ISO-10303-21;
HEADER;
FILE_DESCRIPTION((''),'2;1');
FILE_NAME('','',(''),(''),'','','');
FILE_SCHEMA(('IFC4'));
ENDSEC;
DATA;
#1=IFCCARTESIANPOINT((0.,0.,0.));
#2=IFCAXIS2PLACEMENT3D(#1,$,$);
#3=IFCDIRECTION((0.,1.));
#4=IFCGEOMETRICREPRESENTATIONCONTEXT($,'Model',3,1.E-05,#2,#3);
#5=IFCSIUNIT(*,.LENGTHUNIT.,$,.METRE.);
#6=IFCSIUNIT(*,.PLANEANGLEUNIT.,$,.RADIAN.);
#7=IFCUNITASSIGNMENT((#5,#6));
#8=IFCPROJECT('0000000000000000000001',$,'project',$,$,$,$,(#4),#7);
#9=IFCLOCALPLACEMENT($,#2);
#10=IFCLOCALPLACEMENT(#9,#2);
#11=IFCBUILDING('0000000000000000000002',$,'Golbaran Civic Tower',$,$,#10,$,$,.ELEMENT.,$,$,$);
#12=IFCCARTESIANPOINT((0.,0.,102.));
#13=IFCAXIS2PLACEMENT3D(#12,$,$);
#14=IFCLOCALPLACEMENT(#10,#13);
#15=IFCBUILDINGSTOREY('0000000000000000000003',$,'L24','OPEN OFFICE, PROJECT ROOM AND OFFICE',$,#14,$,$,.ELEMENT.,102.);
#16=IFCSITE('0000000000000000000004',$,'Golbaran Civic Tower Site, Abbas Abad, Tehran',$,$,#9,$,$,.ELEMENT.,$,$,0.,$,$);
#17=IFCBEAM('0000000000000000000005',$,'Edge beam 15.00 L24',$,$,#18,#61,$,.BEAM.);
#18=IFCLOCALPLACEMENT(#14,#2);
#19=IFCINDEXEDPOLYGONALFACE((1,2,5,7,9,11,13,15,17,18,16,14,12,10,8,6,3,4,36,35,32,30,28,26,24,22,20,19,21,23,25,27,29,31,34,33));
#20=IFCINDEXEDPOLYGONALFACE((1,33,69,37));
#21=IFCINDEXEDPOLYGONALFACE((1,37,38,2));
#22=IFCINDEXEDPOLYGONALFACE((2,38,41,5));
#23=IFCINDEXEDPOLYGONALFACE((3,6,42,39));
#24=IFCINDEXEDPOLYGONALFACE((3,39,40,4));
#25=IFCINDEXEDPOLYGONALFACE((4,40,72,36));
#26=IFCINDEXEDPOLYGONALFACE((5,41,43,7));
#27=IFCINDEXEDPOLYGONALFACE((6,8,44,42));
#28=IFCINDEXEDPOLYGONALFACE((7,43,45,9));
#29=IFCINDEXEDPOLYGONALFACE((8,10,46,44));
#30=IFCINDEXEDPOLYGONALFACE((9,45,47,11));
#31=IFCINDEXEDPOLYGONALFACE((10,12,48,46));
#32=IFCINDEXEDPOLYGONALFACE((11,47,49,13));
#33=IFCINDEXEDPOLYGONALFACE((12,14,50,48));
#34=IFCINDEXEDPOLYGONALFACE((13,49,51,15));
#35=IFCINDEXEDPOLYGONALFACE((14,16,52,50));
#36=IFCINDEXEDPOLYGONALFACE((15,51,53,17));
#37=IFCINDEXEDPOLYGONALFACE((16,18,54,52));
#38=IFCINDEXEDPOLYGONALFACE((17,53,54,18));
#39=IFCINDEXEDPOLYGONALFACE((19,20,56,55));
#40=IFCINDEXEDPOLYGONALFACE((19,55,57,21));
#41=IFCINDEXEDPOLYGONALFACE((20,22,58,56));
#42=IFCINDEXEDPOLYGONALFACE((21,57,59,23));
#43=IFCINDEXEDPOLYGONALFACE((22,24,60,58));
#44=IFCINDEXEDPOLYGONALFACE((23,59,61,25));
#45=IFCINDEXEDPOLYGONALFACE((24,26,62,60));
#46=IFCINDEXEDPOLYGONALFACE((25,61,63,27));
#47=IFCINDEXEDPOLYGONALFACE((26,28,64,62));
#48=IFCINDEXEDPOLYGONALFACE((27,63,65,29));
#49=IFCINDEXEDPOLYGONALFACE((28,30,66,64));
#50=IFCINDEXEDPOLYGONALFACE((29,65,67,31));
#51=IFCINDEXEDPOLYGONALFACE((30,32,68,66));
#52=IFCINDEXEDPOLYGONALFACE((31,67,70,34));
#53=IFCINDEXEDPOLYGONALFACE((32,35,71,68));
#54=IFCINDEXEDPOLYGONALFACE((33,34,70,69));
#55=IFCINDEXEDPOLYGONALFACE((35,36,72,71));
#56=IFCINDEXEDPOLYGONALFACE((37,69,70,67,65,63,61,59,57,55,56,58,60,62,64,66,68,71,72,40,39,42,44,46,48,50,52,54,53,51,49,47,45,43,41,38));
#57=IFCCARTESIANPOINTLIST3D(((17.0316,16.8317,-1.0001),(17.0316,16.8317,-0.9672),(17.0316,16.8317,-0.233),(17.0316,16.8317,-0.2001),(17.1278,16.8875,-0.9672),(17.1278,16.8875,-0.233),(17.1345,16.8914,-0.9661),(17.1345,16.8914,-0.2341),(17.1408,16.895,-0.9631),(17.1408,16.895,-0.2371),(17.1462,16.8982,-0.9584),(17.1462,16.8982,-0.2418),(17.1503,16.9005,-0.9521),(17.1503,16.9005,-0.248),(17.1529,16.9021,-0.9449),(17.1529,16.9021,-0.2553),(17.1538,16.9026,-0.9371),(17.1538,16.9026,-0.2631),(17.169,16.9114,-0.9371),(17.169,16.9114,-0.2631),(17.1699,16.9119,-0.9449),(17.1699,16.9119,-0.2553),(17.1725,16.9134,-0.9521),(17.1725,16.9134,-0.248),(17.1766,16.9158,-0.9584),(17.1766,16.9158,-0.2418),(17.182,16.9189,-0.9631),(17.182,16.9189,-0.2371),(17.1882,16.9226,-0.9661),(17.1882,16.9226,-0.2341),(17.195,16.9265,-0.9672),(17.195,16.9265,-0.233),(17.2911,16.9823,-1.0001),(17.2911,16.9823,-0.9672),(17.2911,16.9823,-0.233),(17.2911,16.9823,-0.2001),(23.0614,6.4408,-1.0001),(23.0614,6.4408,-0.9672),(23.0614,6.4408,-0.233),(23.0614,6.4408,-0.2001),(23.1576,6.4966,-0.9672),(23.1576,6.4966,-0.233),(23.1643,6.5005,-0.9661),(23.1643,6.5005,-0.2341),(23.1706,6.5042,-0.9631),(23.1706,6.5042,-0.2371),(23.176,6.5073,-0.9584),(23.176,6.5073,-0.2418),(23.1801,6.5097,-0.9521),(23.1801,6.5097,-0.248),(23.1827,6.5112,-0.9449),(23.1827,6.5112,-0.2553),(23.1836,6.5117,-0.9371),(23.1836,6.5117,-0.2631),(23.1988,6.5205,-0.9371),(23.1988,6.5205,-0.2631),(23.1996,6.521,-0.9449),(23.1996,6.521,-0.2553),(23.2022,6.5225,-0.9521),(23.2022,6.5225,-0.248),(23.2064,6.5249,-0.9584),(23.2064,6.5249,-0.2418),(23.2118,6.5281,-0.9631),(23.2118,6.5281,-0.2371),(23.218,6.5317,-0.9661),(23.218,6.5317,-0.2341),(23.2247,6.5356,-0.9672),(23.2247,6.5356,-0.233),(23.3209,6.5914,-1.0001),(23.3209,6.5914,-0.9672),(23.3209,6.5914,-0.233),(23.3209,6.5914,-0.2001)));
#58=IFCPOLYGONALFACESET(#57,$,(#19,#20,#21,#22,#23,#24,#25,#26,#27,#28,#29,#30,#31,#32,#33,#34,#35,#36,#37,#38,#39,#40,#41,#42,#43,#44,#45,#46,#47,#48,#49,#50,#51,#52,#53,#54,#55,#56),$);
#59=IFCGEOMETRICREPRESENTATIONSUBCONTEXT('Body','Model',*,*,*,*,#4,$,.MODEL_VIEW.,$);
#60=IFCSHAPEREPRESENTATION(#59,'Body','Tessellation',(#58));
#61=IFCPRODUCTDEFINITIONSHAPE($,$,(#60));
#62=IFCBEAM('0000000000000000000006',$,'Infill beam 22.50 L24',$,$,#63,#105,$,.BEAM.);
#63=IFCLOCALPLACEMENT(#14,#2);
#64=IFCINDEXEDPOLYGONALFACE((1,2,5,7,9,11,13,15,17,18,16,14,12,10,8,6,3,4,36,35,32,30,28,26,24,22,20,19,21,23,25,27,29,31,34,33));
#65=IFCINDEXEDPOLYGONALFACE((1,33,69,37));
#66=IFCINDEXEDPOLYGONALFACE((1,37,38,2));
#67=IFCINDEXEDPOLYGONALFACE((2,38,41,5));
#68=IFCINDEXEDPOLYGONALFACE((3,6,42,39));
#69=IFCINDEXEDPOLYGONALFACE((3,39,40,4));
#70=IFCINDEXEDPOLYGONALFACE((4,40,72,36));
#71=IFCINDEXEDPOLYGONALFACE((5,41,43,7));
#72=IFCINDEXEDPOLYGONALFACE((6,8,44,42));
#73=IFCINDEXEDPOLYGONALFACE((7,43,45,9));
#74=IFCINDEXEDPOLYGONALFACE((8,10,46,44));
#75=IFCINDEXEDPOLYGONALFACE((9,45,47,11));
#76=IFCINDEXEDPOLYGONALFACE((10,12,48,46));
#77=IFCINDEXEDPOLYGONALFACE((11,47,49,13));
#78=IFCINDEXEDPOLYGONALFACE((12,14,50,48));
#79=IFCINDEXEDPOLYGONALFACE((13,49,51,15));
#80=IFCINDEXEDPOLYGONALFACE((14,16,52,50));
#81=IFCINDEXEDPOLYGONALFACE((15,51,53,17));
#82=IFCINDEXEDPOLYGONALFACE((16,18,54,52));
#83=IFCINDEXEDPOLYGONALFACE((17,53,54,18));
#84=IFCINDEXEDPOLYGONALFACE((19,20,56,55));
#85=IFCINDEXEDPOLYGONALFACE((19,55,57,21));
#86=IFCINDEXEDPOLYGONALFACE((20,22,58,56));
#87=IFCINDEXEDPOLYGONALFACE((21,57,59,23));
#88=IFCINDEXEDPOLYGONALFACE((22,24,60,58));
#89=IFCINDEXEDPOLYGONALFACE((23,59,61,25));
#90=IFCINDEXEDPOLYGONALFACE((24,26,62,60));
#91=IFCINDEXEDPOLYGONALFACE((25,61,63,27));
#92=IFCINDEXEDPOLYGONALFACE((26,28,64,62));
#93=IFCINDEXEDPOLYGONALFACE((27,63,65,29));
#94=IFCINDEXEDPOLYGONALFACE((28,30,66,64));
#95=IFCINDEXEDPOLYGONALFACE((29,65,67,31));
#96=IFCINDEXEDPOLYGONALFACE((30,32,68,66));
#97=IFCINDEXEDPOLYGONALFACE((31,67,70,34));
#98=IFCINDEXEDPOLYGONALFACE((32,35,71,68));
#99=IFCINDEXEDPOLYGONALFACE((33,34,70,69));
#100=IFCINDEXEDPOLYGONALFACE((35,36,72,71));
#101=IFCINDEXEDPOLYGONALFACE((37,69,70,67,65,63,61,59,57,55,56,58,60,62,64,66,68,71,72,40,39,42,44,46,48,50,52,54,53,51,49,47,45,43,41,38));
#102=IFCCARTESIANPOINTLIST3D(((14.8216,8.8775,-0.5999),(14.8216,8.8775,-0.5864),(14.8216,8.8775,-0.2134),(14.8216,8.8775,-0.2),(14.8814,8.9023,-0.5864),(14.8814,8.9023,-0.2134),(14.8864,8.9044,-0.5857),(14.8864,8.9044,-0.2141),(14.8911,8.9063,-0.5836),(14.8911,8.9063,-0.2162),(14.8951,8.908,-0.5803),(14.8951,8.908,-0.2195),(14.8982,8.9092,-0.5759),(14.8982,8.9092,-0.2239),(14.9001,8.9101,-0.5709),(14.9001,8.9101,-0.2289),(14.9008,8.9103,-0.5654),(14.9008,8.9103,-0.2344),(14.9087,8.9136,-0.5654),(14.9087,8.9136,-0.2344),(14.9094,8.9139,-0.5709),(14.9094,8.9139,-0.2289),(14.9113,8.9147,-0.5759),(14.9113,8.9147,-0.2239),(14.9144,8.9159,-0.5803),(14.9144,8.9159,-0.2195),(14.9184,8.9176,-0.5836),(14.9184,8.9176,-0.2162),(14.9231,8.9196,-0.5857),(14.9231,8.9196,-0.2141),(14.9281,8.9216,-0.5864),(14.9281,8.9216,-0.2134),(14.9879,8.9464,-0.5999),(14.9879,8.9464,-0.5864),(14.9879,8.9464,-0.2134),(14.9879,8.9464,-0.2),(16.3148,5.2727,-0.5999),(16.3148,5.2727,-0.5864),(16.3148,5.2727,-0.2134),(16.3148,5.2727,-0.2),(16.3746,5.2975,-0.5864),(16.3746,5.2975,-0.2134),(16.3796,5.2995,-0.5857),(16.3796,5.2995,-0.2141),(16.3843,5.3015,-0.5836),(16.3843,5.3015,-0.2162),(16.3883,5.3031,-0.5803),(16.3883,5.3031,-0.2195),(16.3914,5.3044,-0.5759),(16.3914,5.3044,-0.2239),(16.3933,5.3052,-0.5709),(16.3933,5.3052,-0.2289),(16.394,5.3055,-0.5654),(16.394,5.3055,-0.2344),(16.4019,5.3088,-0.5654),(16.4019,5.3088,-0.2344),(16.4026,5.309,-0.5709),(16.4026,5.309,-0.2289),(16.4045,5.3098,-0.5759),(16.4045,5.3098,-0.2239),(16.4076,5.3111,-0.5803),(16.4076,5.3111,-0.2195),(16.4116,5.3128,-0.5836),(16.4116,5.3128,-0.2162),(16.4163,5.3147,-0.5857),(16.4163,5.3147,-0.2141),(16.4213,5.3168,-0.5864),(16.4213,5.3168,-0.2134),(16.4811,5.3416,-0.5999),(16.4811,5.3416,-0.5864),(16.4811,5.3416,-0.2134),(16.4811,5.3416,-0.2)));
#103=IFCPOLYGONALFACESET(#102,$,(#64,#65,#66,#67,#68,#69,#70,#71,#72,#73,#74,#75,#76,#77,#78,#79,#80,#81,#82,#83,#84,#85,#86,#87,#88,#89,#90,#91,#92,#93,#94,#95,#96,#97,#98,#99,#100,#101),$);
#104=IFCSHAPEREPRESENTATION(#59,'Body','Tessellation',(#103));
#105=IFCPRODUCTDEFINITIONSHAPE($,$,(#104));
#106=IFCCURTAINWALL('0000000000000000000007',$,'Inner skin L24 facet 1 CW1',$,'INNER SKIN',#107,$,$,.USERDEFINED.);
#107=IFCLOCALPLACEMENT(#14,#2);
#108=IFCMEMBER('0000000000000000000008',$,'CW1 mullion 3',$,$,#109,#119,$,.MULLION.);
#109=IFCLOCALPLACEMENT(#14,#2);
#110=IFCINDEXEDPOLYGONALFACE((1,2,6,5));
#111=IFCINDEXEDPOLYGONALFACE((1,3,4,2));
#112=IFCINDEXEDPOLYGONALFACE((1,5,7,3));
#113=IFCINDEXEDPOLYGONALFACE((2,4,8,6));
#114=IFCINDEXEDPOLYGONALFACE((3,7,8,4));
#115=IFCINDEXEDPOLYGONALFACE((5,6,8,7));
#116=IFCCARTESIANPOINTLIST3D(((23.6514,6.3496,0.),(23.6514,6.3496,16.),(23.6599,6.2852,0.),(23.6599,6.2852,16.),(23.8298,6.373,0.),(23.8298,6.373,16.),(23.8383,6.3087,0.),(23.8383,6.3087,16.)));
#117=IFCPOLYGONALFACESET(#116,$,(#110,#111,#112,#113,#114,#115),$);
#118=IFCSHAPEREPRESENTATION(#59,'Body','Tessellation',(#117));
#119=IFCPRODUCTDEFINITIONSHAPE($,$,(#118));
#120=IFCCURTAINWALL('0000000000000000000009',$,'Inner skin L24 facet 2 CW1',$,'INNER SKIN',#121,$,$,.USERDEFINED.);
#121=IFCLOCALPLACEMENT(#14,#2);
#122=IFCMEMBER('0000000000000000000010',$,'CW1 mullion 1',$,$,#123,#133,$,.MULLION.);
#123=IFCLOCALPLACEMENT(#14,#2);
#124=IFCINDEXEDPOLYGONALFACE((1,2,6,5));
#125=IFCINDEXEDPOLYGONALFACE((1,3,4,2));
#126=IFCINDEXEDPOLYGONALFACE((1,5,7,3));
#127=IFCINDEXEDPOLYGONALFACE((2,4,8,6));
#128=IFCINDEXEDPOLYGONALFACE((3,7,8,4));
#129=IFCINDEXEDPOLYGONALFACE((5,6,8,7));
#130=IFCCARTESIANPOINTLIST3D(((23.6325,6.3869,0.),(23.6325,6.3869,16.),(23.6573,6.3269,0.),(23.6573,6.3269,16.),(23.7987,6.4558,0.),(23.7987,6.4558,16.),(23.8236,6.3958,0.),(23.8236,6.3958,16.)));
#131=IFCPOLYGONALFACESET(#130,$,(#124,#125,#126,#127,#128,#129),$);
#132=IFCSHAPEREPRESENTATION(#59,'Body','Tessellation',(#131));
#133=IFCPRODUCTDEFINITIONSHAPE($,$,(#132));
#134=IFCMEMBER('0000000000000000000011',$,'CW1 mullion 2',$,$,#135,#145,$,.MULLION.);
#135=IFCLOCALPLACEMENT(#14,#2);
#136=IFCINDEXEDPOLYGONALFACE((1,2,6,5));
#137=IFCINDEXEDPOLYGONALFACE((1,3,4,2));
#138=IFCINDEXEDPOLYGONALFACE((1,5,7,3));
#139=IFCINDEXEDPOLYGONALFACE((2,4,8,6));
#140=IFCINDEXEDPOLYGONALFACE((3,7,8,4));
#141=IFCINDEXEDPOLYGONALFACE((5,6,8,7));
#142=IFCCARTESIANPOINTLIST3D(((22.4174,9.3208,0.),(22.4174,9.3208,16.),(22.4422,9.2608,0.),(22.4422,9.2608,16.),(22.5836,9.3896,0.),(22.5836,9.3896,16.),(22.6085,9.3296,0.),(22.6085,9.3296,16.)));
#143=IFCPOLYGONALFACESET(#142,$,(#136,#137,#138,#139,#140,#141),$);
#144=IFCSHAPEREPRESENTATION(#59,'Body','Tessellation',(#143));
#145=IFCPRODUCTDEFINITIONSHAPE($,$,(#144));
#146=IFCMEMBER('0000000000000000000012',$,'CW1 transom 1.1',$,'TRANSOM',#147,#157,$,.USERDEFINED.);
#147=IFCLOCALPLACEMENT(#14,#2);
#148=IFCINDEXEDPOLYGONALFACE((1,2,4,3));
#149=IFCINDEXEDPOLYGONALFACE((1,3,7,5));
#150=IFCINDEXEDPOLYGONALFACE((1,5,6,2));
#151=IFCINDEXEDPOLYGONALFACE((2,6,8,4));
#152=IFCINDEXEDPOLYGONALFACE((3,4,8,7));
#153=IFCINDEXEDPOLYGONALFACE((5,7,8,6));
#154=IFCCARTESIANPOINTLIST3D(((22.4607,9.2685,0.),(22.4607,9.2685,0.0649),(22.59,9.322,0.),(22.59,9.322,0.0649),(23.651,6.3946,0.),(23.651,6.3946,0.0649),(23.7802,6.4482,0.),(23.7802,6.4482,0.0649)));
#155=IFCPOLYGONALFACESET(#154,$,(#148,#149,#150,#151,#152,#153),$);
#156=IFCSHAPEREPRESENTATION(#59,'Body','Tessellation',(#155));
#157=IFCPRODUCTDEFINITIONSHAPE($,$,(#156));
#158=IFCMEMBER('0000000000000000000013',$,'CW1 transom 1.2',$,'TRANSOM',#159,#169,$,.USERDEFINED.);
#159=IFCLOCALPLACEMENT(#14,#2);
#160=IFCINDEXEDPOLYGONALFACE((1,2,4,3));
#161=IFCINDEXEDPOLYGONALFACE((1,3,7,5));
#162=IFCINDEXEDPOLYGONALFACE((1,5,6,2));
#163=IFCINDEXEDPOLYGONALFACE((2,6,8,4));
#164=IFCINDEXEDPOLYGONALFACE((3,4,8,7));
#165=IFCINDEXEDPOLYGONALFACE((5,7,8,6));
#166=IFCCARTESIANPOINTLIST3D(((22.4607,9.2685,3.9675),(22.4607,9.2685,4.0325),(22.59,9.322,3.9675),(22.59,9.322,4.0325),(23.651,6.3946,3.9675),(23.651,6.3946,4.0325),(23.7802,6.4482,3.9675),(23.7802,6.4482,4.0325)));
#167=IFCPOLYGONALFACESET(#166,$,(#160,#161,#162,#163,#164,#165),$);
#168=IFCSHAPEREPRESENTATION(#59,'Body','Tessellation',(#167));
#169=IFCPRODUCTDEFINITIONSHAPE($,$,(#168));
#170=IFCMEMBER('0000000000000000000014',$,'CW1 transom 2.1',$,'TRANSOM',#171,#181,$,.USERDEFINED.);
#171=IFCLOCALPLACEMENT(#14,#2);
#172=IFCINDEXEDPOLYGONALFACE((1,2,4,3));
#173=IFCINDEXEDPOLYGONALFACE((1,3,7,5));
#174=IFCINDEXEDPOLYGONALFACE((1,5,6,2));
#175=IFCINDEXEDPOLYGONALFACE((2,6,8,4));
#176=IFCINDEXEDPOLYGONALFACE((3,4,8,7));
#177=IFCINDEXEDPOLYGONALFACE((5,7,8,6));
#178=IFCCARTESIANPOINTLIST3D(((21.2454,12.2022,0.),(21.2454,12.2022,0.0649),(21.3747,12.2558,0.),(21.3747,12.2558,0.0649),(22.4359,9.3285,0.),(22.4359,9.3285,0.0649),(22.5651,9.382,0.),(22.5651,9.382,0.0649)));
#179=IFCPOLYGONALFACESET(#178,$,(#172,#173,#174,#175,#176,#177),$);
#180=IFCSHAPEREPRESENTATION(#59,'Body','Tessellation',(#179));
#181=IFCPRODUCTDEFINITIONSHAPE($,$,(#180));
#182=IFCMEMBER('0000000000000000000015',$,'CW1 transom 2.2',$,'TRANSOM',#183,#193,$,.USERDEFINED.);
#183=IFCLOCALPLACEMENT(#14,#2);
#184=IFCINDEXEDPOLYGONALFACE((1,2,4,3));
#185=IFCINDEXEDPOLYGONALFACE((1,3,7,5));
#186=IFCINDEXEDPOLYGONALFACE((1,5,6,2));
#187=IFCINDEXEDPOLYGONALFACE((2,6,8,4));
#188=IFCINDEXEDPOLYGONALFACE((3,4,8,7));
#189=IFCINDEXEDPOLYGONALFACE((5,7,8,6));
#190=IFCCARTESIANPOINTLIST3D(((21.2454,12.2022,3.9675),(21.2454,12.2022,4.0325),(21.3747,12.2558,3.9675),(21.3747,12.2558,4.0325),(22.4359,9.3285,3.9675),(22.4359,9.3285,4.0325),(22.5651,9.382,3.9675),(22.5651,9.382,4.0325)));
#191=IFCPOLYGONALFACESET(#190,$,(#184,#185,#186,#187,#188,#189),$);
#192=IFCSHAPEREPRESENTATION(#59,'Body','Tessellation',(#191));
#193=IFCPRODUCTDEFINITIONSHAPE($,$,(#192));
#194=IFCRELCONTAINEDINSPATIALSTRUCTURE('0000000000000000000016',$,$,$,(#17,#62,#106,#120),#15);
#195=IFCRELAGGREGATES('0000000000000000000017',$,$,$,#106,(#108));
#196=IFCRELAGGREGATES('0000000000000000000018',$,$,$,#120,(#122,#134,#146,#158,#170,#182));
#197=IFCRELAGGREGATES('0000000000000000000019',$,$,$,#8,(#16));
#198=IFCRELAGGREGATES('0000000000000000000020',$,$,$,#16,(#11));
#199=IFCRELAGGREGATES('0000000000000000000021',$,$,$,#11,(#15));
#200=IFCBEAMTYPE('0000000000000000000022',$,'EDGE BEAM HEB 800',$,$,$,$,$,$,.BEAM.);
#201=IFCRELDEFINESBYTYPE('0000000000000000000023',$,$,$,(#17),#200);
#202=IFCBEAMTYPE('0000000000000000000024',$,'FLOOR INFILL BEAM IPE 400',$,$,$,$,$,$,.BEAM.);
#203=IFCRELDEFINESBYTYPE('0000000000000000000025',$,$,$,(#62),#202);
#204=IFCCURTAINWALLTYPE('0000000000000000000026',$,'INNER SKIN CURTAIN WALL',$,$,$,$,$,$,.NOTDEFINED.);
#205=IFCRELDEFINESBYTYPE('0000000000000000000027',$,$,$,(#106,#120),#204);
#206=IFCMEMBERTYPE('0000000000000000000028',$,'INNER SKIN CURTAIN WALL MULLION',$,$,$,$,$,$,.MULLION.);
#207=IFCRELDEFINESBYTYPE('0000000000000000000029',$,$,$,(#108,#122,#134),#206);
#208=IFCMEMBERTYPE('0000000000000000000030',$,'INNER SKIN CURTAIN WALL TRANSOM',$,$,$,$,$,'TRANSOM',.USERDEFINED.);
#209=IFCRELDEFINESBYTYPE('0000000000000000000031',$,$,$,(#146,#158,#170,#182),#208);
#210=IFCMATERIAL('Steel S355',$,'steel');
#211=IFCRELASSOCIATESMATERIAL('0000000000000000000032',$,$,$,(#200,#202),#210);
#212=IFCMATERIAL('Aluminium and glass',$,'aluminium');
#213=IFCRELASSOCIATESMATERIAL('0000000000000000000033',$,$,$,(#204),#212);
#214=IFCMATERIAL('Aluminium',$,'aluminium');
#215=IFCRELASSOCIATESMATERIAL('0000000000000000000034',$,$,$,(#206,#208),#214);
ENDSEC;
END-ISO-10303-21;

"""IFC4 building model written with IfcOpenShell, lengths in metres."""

from ifc_helpers import new_model, si_unit, direction, frame, origin, origin_2d, place, context, subcontext, project, spatial, rectangle, i_section, extrude, material, material_profile, profile_set, type_object, element, aggregate, save


model = new_model("IFC4")

# Units and contexts
model_context = context("Model", 3, precision=1e-05, world=origin(), true_north=direction((0.0, 1.0)))
body_context = subcontext(model_context, "Body", "Model", "MODEL_VIEW")
ifc_project = project(units=[si_unit("LENGTHUNIT", "METRE"), si_unit("PLANEANGLEUNIT", "RADIAN")], contexts=[model_context])

# Site, building, storey
site_placement = place(None, origin())
site = spatial("IfcSite", under=ifc_project, at=site_placement, Name="Golbaran Civic Tower Site, Abbas Abad, Tehran", CompositionType="ELEMENT", RefElevation=0.0)
building_placement = place(site_placement, origin())
building = spatial("IfcBuilding", under=site, at=building_placement, Name="Golbaran Civic Tower", CompositionType="ELEMENT")
storey_placement = place(building_placement, frame((0.0, 0.0, 102.0)))
storey = spatial("IfcBuildingStorey", under=building, at=storey_placement, Name="L24", Description="OPEN OFFICE, PROJECT ROOM AND OFFICE", CompositionType="ELEMENT", Elevation=102.0)

# Beams
ifc_material_1 = material(Name="Steel S355", Category="steel")
ifc_material_profile_1 = material_profile(ifc_material_1, i_section(OverallWidth=0.3, OverallDepth=0.8, WebThickness=0.0176, FlangeThickness=0.033, FilletRadius=0.03, at=origin_2d()), Name="HEB 800")
ifc_profile_set_1 = profile_set([ifc_material_profile_1], Name="Steel S355")
beam_type_1 = type_object("IfcBeamType", Name="EDGE BEAM HEB 800", PredefinedType="BEAM", material=ifc_profile_set_1)
beam_1_placement = place(storey_placement, frame((23.1912, 6.5161, -0.6001), z_axis=(-0.50191, 0.86492, 0.0), x_axis=(-0.86492, -0.50191, 0.0)))
element("IfcBeam", 1, at=beam_1_placement, inside=storey, type_object=beam_type_1, Name="Edge beam 15.00 L24", PredefinedType="BEAM", context=body_context, shape_type="SweptSolid", body=[
    extrude(i_section(OverallWidth=0.3, OverallDepth=0.8, WebThickness=0.0176, FlangeThickness=0.033, FilletRadius=0.03, at=origin_2d()), origin(), (0.0, 0.0, 1.0), 12.0137),
])
ifc_material_profile_2 = material_profile(ifc_material_1, i_section(OverallWidth=0.1799, OverallDepth=0.3999, WebThickness=0.0085, FlangeThickness=0.0134, FilletRadius=0.021, at=origin_2d()), Name="IPE 400")
ifc_profile_set_2 = profile_set([ifc_material_profile_2], Name="Steel S355")
beam_type_2 = type_object("IfcBeamType", Name="FLOOR INFILL BEAM IPE 400", PredefinedType="BEAM", material=ifc_profile_set_2)
beam_2_placement = place(storey_placement, frame((16.3979, 5.3071, -0.3999), z_axis=(-0.382691, 0.923877, 0.0), x_axis=(-0.923877, -0.382691, 0.0)))
element("IfcBeam", 2, at=beam_2_placement, inside=storey, type_object=beam_type_2, Name="Infill beam 22.50 L24", PredefinedType="BEAM", context=body_context, shape_type="SweptSolid", body=[
    extrude(i_section(OverallWidth=0.1799, OverallDepth=0.3999, WebThickness=0.0085, FlangeThickness=0.0134, FilletRadius=0.021, at=origin_2d()), origin(), (0.0, 0.0, 1.0), 3.9019),
])

# Curtain wall, member
ifc_material_2 = material(Name="Aluminium and glass", Category="aluminium")
curtain_wall_type = type_object("IfcCurtainWallType", Name="INNER SKIN CURTAIN WALL", PredefinedType="NOTDEFINED", material=ifc_material_2)
curtain_wall_1_placement = place(storey_placement, origin())
curtain_wall_1 = element("IfcCurtainWall", 3, at=curtain_wall_1_placement, inside=storey, type_object=curtain_wall_type, Name="Inner skin L24 facet 1 CW1", ObjectType="INNER SKIN", PredefinedType="USERDEFINED")
ifc_material_3 = material(Name="Aluminium", Category="aluminium")
ifc_material_profile_3 = material_profile(ifc_material_3, rectangle(XDim=0.1799, YDim=0.0649, at=origin_2d()), Name="INNER SKIN CURTAIN WALL MULLION")
ifc_profile_set_3 = profile_set([ifc_material_profile_3], Name="Aluminium")
member_type_1 = type_object("IfcMemberType", Name="INNER SKIN CURTAIN WALL MULLION", PredefinedType="MULLION", material=ifc_profile_set_3)
member_1_placement = place(storey_placement, frame((23.7449, 6.3291, 0.0), z_axis=(0.0, 0.0, 1.0), x_axis=(-0.991445, -0.130526, 0.0)))
member_1 = element("IfcMember", 4, at=member_1_placement, type_object=member_type_1, Name="CW1 mullion 3", PredefinedType="MULLION", context=body_context, shape_type="SweptSolid", body=[
    extrude(rectangle(XDim=0.1799, YDim=0.0649, at=origin_2d()), origin(), (0.0, 0.0, 1.0), 16.0),
])

# Curtain wall, members
curtain_wall_2_placement = place(storey_placement, origin())
curtain_wall_2 = element("IfcCurtainWall", 5, at=curtain_wall_2_placement, inside=storey, type_object=curtain_wall_type, Name="Inner skin L24 facet 2 CW1", ObjectType="INNER SKIN", PredefinedType="USERDEFINED")
member_2_placement = place(storey_placement, frame((23.728, 6.3914, 0.0), z_axis=(0.0, 0.0, 1.0), x_axis=(-0.92388, -0.382683, 0.0)))
member_2 = element("IfcMember", 6, at=member_2_placement, type_object=member_type_1, Name="CW1 mullion 1", PredefinedType="MULLION", context=body_context, shape_type="SweptSolid", body=[
    extrude(rectangle(XDim=0.1799, YDim=0.0649, at=origin_2d()), origin(), (0.0, 0.0, 1.0), 16.0),
])
member_3_placement = place(storey_placement, frame((22.5129, 9.3252, 0.0), z_axis=(0.0, 0.0, 1.0), x_axis=(-0.92388, -0.382683, 0.0)))
member_3 = element("IfcMember", 7, at=member_3_placement, type_object=member_type_1, Name="CW1 mullion 2", PredefinedType="MULLION", context=body_context, shape_type="SweptSolid", body=[
    extrude(rectangle(XDim=0.1799, YDim=0.0649, at=origin_2d()), origin(), (0.0, 0.0, 1.0), 16.0),
])
ifc_material_profile_4 = material_profile(ifc_material_3, rectangle(XDim=0.1399, YDim=0.0649, at=origin_2d()), Name="INNER SKIN CURTAIN WALL TRANSOM")
ifc_profile_set_4 = profile_set([ifc_material_profile_4], Name="Aluminium")
member_type_2 = type_object("IfcMemberType", Name="INNER SKIN CURTAIN WALL TRANSOM", ElementType="TRANSOM", PredefinedType="USERDEFINED", material=ifc_profile_set_4)
member_4_placement = place(storey_placement, frame((23.7156, 6.4214, 0.0325), z_axis=(-0.382636, 0.923899, 0.0), x_axis=(-0.923899, -0.382636, 0.0)))
member_4 = element("IfcMember", 8, at=member_4_placement, type_object=member_type_2, Name="CW1 transom 1.1", ObjectType="TRANSOM", PredefinedType="USERDEFINED", context=body_context, shape_type="SweptSolid", body=[
    extrude(rectangle(XDim=0.1399, YDim=0.0649, at=origin_2d()), origin(), (0.0, 0.0, 1.0), 3.1106),
])
member_5_placement = place(storey_placement, frame((23.7156, 6.4214, 4.0), z_axis=(-0.382636, 0.923899, 0.0), x_axis=(-0.923899, -0.382636, 0.0)))
member_5 = element("IfcMember", 9, at=member_5_placement, type_object=member_type_2, Name="CW1 transom 1.2", ObjectType="TRANSOM", PredefinedType="USERDEFINED", context=body_context, shape_type="SweptSolid", body=[
    extrude(rectangle(XDim=0.1399, YDim=0.0649, at=origin_2d()), origin(), (0.0, 0.0, 1.0), 3.1106),
])
member_6_placement = place(storey_placement, frame((22.5005, 9.3552, 0.0325), z_axis=(-0.382703, 0.923871, 0.0), x_axis=(-0.923871, -0.382703, 0.0)))
member_6 = element("IfcMember", 10, at=member_6_placement, type_object=member_type_2, Name="CW1 transom 2.1", ObjectType="TRANSOM", PredefinedType="USERDEFINED", context=body_context, shape_type="SweptSolid", body=[
    extrude(rectangle(XDim=0.1399, YDim=0.0649, at=origin_2d()), origin(), (0.0, 0.0, 1.0), 3.1106),
])
member_7_placement = place(storey_placement, frame((22.5005, 9.3552, 4.0), z_axis=(-0.382703, 0.923871, 0.0), x_axis=(-0.923871, -0.382703, 0.0)))
member_7 = element("IfcMember", 11, at=member_7_placement, type_object=member_type_2, Name="CW1 transom 2.2", ObjectType="TRANSOM", PredefinedType="USERDEFINED", context=body_context, shape_type="SweptSolid", body=[
    extrude(rectangle(XDim=0.1399, YDim=0.0649, at=origin_2d()), origin(), (0.0, 0.0, 1.0), 3.1106),
])

aggregate(curtain_wall_1, [member_1])
aggregate(curtain_wall_2, [member_2, member_3, member_4, member_5, member_6, member_7])

save(model, "model.ifc")
